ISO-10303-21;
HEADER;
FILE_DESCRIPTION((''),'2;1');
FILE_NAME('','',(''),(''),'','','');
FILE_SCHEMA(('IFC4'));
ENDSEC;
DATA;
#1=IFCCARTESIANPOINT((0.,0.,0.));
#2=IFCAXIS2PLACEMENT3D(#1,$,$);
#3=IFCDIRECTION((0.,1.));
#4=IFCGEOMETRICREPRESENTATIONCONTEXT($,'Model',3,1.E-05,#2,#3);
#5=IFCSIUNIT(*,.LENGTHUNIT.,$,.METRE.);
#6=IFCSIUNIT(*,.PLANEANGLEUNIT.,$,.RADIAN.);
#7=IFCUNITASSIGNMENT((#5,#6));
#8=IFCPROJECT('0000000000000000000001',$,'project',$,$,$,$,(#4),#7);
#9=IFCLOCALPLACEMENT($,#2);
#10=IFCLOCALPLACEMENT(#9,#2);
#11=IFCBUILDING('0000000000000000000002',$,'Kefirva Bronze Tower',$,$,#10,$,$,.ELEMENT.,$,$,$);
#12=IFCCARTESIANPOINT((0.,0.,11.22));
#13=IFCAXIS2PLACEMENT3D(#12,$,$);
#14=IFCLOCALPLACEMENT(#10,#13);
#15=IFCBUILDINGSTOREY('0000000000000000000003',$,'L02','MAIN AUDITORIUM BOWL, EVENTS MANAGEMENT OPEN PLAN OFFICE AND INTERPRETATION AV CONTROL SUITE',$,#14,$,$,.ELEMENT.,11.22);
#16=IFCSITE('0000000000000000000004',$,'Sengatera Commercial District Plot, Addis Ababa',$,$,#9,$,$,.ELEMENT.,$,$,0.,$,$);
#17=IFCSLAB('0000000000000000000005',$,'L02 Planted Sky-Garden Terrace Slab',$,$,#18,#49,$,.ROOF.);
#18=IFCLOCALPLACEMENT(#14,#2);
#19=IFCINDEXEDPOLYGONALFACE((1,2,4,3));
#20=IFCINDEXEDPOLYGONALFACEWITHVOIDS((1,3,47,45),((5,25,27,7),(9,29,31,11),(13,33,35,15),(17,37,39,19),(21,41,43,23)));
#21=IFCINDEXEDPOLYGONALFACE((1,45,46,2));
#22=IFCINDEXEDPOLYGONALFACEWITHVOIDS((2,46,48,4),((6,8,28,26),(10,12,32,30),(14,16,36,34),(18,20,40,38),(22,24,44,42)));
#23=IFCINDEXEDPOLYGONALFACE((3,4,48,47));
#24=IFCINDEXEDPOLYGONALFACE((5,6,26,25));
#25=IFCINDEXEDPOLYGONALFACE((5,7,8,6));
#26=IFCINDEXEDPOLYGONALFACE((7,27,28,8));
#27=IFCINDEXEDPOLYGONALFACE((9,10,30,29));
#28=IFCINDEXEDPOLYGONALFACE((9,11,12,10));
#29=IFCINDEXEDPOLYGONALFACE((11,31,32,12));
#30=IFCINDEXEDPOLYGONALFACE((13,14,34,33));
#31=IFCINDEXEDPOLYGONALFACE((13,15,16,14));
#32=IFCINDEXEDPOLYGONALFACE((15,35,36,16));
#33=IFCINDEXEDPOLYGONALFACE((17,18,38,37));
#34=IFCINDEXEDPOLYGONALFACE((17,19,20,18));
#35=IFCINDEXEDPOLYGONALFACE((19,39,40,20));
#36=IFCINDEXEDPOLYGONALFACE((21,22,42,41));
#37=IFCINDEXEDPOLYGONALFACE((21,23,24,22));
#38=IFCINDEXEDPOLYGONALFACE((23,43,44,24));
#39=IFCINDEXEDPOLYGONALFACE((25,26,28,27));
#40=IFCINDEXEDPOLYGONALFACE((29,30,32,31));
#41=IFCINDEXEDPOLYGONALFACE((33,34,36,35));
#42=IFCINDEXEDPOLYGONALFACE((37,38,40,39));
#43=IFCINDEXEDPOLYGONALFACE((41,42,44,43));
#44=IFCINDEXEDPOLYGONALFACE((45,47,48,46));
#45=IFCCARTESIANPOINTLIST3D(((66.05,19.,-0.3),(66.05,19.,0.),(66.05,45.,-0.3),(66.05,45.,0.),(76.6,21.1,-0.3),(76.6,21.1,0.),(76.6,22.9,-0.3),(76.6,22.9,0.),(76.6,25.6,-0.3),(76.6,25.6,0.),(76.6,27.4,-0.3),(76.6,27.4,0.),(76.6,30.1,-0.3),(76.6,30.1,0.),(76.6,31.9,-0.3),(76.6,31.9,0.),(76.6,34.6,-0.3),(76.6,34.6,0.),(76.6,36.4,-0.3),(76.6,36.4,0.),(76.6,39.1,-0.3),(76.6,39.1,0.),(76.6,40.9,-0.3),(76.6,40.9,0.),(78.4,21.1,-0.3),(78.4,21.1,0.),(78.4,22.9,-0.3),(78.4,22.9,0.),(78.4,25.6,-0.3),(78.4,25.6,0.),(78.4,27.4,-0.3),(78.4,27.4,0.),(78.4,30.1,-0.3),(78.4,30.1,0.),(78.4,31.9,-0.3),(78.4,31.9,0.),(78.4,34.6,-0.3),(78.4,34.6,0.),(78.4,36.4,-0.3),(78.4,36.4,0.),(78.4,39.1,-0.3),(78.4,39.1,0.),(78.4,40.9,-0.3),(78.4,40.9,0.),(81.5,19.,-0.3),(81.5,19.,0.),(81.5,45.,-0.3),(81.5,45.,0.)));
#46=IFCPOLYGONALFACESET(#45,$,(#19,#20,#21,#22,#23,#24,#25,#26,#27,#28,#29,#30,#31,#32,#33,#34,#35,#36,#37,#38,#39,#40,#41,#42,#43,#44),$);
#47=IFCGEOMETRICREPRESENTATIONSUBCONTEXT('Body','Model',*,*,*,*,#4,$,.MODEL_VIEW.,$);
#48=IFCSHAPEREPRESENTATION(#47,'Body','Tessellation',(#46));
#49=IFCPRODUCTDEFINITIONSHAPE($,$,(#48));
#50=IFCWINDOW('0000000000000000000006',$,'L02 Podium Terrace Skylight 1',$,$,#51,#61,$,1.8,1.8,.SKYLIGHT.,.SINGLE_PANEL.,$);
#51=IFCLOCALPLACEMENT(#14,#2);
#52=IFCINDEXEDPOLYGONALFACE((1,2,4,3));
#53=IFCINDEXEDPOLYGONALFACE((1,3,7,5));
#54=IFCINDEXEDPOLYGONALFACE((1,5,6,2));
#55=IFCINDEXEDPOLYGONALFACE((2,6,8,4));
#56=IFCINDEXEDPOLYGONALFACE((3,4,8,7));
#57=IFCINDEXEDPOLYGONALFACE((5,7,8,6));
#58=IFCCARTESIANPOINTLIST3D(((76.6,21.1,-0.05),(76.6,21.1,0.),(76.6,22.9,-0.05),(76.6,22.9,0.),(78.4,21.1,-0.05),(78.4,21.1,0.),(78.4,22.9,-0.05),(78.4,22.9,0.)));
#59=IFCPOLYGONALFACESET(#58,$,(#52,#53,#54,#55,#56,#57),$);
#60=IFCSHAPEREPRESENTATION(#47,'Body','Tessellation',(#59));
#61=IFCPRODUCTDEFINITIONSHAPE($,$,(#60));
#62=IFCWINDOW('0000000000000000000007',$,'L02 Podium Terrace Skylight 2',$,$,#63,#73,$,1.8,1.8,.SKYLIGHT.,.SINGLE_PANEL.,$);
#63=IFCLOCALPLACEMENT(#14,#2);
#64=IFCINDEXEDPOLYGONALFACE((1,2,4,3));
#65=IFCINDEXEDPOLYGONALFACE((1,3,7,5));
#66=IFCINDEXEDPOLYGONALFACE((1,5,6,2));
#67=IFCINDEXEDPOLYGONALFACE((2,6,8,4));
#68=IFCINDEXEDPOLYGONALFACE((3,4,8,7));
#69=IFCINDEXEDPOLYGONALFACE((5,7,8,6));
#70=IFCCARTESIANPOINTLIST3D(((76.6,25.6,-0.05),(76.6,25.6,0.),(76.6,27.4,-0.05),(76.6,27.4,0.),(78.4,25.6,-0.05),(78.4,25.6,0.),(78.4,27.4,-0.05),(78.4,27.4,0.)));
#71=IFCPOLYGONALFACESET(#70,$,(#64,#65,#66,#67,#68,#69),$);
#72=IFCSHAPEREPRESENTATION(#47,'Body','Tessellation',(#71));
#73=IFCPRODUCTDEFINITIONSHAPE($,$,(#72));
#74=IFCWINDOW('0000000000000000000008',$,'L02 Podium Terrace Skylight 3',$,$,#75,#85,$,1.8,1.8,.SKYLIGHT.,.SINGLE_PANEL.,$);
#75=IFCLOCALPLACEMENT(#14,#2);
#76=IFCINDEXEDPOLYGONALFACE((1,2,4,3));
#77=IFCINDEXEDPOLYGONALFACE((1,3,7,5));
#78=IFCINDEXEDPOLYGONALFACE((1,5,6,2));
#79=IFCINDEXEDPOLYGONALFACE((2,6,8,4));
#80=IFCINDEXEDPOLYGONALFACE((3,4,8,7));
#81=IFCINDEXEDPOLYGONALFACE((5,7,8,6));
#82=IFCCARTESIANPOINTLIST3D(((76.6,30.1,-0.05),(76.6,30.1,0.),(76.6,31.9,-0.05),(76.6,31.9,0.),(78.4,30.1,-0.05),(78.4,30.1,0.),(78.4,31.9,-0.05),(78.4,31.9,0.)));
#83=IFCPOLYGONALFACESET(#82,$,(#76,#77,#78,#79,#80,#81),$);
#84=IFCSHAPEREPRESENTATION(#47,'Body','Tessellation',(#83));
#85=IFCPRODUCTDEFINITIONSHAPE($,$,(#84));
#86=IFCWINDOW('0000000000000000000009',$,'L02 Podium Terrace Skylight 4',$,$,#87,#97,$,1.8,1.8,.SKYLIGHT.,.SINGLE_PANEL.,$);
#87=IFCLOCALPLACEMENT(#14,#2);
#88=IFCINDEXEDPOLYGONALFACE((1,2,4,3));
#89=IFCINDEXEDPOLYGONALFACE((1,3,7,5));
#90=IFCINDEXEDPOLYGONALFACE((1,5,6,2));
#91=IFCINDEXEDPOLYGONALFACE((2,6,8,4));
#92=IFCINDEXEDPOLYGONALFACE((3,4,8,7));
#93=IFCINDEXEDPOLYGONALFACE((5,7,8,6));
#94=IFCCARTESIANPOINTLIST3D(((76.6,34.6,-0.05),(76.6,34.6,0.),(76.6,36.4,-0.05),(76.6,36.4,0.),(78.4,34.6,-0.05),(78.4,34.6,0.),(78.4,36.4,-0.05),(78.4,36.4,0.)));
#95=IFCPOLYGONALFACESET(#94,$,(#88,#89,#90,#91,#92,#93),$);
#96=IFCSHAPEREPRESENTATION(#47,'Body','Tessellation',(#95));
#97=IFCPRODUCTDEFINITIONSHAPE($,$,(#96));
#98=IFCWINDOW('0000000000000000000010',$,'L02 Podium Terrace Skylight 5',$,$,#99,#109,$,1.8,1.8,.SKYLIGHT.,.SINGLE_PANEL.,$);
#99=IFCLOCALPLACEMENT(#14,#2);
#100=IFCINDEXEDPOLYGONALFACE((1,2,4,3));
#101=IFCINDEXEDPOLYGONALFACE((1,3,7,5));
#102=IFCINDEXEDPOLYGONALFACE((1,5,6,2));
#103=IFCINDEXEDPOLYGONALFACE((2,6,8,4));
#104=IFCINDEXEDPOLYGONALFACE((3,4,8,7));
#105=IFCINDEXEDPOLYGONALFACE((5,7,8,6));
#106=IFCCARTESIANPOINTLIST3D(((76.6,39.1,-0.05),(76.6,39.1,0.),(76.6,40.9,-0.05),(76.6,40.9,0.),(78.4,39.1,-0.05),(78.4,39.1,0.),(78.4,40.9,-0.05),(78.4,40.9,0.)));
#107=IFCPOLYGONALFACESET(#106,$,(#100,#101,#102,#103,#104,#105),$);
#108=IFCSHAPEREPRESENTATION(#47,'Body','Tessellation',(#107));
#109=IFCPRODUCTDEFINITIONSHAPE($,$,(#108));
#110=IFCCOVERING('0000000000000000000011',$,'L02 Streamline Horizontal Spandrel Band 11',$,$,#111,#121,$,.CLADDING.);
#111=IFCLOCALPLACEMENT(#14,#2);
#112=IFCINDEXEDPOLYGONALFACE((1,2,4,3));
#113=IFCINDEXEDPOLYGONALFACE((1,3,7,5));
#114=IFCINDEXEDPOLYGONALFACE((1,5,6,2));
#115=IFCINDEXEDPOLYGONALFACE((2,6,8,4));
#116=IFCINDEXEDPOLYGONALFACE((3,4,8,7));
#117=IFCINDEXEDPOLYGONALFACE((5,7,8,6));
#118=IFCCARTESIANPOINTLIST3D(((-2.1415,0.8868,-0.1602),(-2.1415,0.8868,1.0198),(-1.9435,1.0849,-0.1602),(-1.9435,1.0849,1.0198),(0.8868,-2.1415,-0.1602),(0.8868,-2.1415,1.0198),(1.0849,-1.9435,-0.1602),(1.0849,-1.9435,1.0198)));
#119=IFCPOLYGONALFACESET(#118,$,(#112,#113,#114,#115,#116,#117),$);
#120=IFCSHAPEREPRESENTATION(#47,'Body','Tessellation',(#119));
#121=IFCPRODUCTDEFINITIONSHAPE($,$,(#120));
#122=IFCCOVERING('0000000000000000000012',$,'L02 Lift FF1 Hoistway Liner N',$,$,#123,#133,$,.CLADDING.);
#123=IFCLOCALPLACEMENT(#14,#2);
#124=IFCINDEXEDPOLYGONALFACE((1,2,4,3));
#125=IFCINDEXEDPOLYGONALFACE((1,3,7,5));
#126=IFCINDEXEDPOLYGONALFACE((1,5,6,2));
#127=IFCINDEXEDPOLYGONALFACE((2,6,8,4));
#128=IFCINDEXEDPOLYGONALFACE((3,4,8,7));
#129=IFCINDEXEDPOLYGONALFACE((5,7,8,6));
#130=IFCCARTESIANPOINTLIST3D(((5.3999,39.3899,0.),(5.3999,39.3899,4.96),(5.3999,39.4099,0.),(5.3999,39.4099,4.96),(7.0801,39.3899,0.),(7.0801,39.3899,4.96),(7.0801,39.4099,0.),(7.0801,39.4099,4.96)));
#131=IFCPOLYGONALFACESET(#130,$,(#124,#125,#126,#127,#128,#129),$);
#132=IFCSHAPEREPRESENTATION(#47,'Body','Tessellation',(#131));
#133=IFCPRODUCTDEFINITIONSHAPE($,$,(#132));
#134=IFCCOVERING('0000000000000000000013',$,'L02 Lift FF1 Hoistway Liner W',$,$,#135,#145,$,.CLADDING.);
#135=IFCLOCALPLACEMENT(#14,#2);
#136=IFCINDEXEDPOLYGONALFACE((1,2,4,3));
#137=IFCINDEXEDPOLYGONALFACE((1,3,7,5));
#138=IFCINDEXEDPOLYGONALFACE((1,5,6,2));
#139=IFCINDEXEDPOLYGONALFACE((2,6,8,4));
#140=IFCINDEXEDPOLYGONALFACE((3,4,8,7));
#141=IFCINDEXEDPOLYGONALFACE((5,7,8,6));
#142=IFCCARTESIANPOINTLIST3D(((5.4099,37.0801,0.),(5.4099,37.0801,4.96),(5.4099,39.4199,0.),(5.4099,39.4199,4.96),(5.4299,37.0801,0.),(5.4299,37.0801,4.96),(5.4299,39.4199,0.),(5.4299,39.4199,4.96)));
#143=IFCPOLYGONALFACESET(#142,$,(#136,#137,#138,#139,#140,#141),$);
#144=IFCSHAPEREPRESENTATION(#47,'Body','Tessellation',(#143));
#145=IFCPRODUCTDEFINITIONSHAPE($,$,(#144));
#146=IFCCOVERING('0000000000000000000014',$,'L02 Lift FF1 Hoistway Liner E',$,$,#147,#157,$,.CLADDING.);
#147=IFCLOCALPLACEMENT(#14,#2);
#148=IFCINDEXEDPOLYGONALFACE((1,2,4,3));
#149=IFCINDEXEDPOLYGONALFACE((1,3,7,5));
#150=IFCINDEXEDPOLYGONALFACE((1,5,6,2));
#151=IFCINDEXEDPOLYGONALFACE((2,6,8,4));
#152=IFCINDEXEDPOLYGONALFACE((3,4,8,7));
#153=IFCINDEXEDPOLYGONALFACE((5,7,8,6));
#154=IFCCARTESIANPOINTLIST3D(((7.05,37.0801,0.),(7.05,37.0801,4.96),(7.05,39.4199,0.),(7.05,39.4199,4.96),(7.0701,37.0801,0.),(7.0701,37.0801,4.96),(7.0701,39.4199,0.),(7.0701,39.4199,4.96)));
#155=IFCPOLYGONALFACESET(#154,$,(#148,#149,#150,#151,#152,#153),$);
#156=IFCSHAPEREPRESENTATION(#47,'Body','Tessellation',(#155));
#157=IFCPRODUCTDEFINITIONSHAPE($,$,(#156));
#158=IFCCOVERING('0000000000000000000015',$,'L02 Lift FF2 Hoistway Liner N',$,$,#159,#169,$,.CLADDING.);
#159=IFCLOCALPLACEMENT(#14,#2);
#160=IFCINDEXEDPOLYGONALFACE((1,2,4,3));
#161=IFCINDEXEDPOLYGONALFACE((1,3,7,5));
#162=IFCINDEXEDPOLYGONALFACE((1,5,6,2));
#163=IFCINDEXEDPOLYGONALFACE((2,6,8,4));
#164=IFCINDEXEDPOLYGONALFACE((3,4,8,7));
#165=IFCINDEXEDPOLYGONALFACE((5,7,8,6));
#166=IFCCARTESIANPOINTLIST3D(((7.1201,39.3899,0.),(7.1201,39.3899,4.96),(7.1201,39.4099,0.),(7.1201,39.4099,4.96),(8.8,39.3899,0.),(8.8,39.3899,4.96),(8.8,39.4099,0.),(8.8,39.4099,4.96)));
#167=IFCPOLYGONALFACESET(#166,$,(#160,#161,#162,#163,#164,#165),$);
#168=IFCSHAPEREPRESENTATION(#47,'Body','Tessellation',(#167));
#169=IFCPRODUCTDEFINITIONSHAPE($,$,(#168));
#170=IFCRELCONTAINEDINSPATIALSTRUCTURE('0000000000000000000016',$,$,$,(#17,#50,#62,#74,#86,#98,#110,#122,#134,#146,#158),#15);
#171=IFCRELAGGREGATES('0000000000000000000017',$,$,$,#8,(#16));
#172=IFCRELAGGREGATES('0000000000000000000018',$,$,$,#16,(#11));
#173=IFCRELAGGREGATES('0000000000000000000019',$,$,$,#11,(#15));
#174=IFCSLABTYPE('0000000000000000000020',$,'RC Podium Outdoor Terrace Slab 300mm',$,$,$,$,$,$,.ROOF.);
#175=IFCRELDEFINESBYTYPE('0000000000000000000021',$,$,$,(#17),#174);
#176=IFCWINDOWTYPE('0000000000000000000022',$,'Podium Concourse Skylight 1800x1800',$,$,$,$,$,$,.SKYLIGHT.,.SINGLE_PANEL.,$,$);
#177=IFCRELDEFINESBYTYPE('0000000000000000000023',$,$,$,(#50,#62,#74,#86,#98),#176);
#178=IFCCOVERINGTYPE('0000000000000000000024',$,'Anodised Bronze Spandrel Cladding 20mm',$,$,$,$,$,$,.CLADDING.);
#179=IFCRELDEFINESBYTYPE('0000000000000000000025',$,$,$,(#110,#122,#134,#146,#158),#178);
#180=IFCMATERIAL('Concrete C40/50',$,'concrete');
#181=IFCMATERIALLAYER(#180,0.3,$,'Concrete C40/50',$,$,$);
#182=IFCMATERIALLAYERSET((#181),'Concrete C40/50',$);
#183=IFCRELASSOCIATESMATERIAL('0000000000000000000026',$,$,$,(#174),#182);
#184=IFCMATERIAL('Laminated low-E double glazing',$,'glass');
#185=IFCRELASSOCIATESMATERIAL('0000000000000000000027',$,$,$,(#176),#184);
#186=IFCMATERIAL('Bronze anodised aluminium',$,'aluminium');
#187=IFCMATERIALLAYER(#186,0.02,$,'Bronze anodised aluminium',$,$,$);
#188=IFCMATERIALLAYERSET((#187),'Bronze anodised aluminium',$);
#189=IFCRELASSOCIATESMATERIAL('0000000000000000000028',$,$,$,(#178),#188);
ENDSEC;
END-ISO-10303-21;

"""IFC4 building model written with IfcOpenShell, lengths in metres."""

from ifc_helpers import new_model, si_unit, direction, frame, origin, origin_2d, place, context, subcontext, project, spatial, polyline, rectangle, outline, extrude, material, layer, layer_set, type_object, element, fill, save


model = new_model("IFC4")

# Units and contexts
model_context = context("Model", 3, precision=1e-05, world=origin(), true_north=direction((0.0, 1.0)))
body_context = subcontext(model_context, "Body", "Model", "MODEL_VIEW")
ifc_project = project(units=[si_unit("LENGTHUNIT", "METRE"), si_unit("PLANEANGLEUNIT", "RADIAN")], contexts=[model_context])

# Site, building, storey
site_placement = place(None, origin())
site = spatial("IfcSite", under=ifc_project, at=site_placement, Name="Sengatera Commercial District Plot, Addis Ababa", CompositionType="ELEMENT", RefElevation=0.0)
building_placement = place(site_placement, origin())
building = spatial("IfcBuilding", under=site, at=building_placement, Name="Kefirva Bronze Tower", CompositionType="ELEMENT")
storey_placement = place(building_placement, frame((0.0, 0.0, 11.22)))
storey = spatial("IfcBuildingStorey", under=building, at=storey_placement, Name="L02", Description="MAIN AUDITORIUM BOWL, EVENTS MANAGEMENT OPEN PLAN OFFICE AND INTERPRETATION AV CONTROL SUITE", CompositionType="ELEMENT", Elevation=11.22)

# Shared definitions
ifc_material_1 = material(Name="Concrete C40/50", Category="concrete")

# Slab, openings, windows
ifc_layer_1 = layer(ifc_material_1, 0.3, Name="Concrete C40/50")
ifc_layer_set_1 = layer_set([ifc_layer_1], Name="Concrete C40/50")
slab_type_1 = type_object("IfcSlabType", Name="RC Podium Outdoor Terrace Slab 300mm", PredefinedType="ROOF", material=ifc_layer_set_1)
slab_1_placement = place(storey_placement, frame((0.0, 0.0, -0.3)))
slab_1 = element("IfcSlab", 1, at=slab_1_placement, inside=storey, type_object=slab_type_1, Name="L02 Planted Sky-Garden Terrace Slab", PredefinedType="ROOF", context=body_context, shape_type="SweptSolid", body=[
    extrude(outline(polyline([(66.05, 19.0), (81.5, 19.0), (81.5, 45.0), (66.05, 45.0), (66.05, 19.0)]), holes=[polyline([(76.6001, 21.1001), (78.3999, 21.1001), (78.3999, 22.8999), (76.6001, 22.8999), (76.6001, 21.1001)]), polyline([(76.6001, 25.6001), (78.3999, 25.6001), (78.3999, 27.3999), (76.6001, 27.3999), (76.6001, 25.6001)]), polyline([(76.6001, 30.1001), (78.3999, 30.1001), (78.3999, 31.8999), (76.6001, 31.8999), (76.6001, 30.1001)]), polyline([(76.6001, 34.6001), (78.3999, 34.6001), (78.3999, 36.3999), (76.6001, 36.3999), (76.6001, 34.6001)]), polyline([(76.6001, 39.1001), (78.3999, 39.1001), (78.3999, 40.8999), (76.6001, 40.8999), (76.6001, 39.1001)])]), origin(), (0.0, 0.0, 1.0), 0.3),
])
opening_1_placement = place(slab_1_placement, frame((77.5, 22.0, 0.0)))
opening_1 = element("IfcOpeningElement", 2, at=opening_1_placement, cuts=slab_1, PredefinedType="OPENING", context=body_context, shape_type="SweptSolid", body=[
    extrude(rectangle(XDim=1.8, YDim=1.8, at=origin_2d()), frame((0.0, 0.0, -0.01)), (0.0, 0.0, 1.0), 0.3201),
])
opening_2_placement = place(slab_1_placement, frame((77.5, 26.5, 0.0)))
opening_2 = element("IfcOpeningElement", 3, at=opening_2_placement, cuts=slab_1, PredefinedType="OPENING", context=body_context, shape_type="SweptSolid", body=[
    extrude(rectangle(XDim=1.8, YDim=1.8, at=origin_2d()), frame((0.0, 0.0, -0.01)), (0.0, 0.0, 1.0), 0.3201),
])
opening_3_placement = place(slab_1_placement, frame((77.5, 31.0, 0.0)))
opening_3 = element("IfcOpeningElement", 4, at=opening_3_placement, cuts=slab_1, PredefinedType="OPENING", context=body_context, shape_type="SweptSolid", body=[
    extrude(rectangle(XDim=1.8, YDim=1.8, at=origin_2d()), frame((0.0, 0.0, -0.01)), (0.0, 0.0, 1.0), 0.3201),
])
opening_4_placement = place(slab_1_placement, frame((77.5, 35.5, 0.0)))
opening_4 = element("IfcOpeningElement", 5, at=opening_4_placement, cuts=slab_1, PredefinedType="OPENING", context=body_context, shape_type="SweptSolid", body=[
    extrude(rectangle(XDim=1.8, YDim=1.8, at=origin_2d()), frame((0.0, 0.0, -0.01)), (0.0, 0.0, 1.0), 0.3201),
])
opening_5_placement = place(slab_1_placement, frame((77.5, 40.0, 0.0)))
opening_5 = element("IfcOpeningElement", 6, at=opening_5_placement, cuts=slab_1, PredefinedType="OPENING", context=body_context, shape_type="SweptSolid", body=[
    extrude(rectangle(XDim=1.8, YDim=1.8, at=origin_2d()), frame((0.0, 0.0, -0.01)), (0.0, 0.0, 1.0), 0.3201),
])
ifc_material_2 = material(Name="Laminated low-E double glazing", Category="glass")
window_type = type_object("IfcWindowType", Name="Podium Concourse Skylight 1800x1800", PartitioningType="SINGLE_PANEL", PredefinedType="SKYLIGHT", material=ifc_material_2)
window_1_placement = place(opening_1_placement, frame((0.0, 0.0, 0.25)))
window_1 = element("IfcWindow", 7, at=window_1_placement, inside=storey, type_object=window_type, Name="L02 Podium Terrace Skylight 1", OverallHeight=1.8, OverallWidth=1.8, PartitioningType="SINGLE_PANEL", PredefinedType="SKYLIGHT", context=body_context, shape_type="SweptSolid", body=[
    extrude(rectangle(XDim=1.8, YDim=1.8, at=origin_2d()), origin(), (0.0, 0.0, 1.0), 0.05),
])
fill(opening_1, window_1)
window_2_placement = place(opening_2_placement, frame((0.0, 0.0, 0.25)))
window_2 = element("IfcWindow", 8, at=window_2_placement, inside=storey, type_object=window_type, Name="L02 Podium Terrace Skylight 2", OverallHeight=1.8, OverallWidth=1.8, PartitioningType="SINGLE_PANEL", PredefinedType="SKYLIGHT", context=body_context, shape_type="SweptSolid", body=[
    extrude(rectangle(XDim=1.8, YDim=1.8, at=origin_2d()), origin(), (0.0, 0.0, 1.0), 0.05),
])
fill(opening_2, window_2)
window_3_placement = place(opening_3_placement, frame((0.0, 0.0, 0.25)))
window_3 = element("IfcWindow", 9, at=window_3_placement, inside=storey, type_object=window_type, Name="L02 Podium Terrace Skylight 3", OverallHeight=1.8, OverallWidth=1.8, PartitioningType="SINGLE_PANEL", PredefinedType="SKYLIGHT", context=body_context, shape_type="SweptSolid", body=[
    extrude(rectangle(XDim=1.8, YDim=1.8, at=origin_2d()), origin(), (0.0, 0.0, 1.0), 0.05),
])
fill(opening_3, window_3)
window_4_placement = place(opening_4_placement, frame((0.0, 0.0, 0.25)))
window_4 = element("IfcWindow", 10, at=window_4_placement, inside=storey, type_object=window_type, Name="L02 Podium Terrace Skylight 4", OverallHeight=1.8, OverallWidth=1.8, PartitioningType="SINGLE_PANEL", PredefinedType="SKYLIGHT", context=body_context, shape_type="SweptSolid", body=[
    extrude(rectangle(XDim=1.8, YDim=1.8, at=origin_2d()), origin(), (0.0, 0.0, 1.0), 0.05),
])
fill(opening_4, window_4)
window_5_placement = place(opening_5_placement, frame((0.0, 0.0, 0.25)))
window_5 = element("IfcWindow", 11, at=window_5_placement, inside=storey, type_object=window_type, Name="L02 Podium Terrace Skylight 5", OverallHeight=1.8, OverallWidth=1.8, PartitioningType="SINGLE_PANEL", PredefinedType="SKYLIGHT", context=body_context, shape_type="SweptSolid", body=[
    extrude(rectangle(XDim=1.8, YDim=1.8, at=origin_2d()), origin(), (0.0, 0.0, 1.0), 0.05),
])
fill(opening_5, window_5)

# Coverings
ifc_material_3 = material(Name="Bronze anodised aluminium", Category="aluminium")
ifc_layer_2 = layer(ifc_material_3, 0.02, Name="Bronze anodised aluminium")
ifc_layer_set_2 = layer_set([ifc_layer_2], Name="Bronze anodised aluminium")
covering_type_1 = type_object("IfcCoveringType", Name="Anodised Bronze Spandrel Cladding 20mm", PredefinedType="CLADDING", material=ifc_layer_set_2)
covering_1_placement = place(storey_placement, frame((-0.5283, -0.5283, -0.1602), z_axis=(0.0, 0.0, 1.0), x_axis=(0.707107, -0.707107, 0.0)))
element("IfcCovering", 12, at=covering_1_placement, inside=storey, type_object=covering_type_1, Name="L02 Streamline Horizontal Spandrel Band 11", PredefinedType="CLADDING", context=body_context, shape_type="SweptSolid", body=[
    extrude(rectangle(XDim=4.2827, YDim=0.28, at=origin_2d()), origin(), (0.0, 0.0, 1.0), 1.1799),
])
covering_2_placement = place(storey_placement, origin())
element("IfcCovering", 13, at=covering_2_placement, inside=storey, type_object=covering_type_1, Name="L02 Lift FF1 Hoistway Liner N", PredefinedType="CLADDING", context=body_context, shape_type="SweptSolid", body=[
    extrude(outline(polyline([(5.3999, 39.3899), (7.0801, 39.3899), (7.0801, 39.4099), (5.3999, 39.4099), (5.3999, 39.3899)])), origin(), (0.0, 0.0, 1.0), 4.96),
])
covering_3_placement = place(storey_placement, origin())
element("IfcCovering", 14, at=covering_3_placement, inside=storey, type_object=covering_type_1, Name="L02 Lift FF1 Hoistway Liner W", PredefinedType="CLADDING", context=body_context, shape_type="SweptSolid", body=[
    extrude(outline(polyline([(5.4099, 37.0801), (5.4299, 37.0801), (5.4299, 39.4199), (5.4099, 39.4199), (5.4099, 37.0801)])), origin(), (0.0, 0.0, 1.0), 4.96),
])
covering_4_placement = place(storey_placement, origin())
element("IfcCovering", 15, at=covering_4_placement, inside=storey, type_object=covering_type_1, Name="L02 Lift FF1 Hoistway Liner E", PredefinedType="CLADDING", context=body_context, shape_type="SweptSolid", body=[
    extrude(outline(polyline([(7.05, 37.0801), (7.0701, 37.0801), (7.0701, 39.4199), (7.05, 39.4199), (7.05, 37.0801)])), origin(), (0.0, 0.0, 1.0), 4.96),
])
covering_5_placement = place(storey_placement, origin())
element("IfcCovering", 16, at=covering_5_placement, inside=storey, type_object=covering_type_1, Name="L02 Lift FF2 Hoistway Liner N", PredefinedType="CLADDING", context=body_context, shape_type="SweptSolid", body=[
    extrude(outline(polyline([(7.1201, 39.3899), (8.8, 39.3899), (8.8, 39.4099), (7.1201, 39.4099), (7.1201, 39.3899)])), origin(), (0.0, 0.0, 1.0), 4.96),
])

save(model, "model.ifc")
